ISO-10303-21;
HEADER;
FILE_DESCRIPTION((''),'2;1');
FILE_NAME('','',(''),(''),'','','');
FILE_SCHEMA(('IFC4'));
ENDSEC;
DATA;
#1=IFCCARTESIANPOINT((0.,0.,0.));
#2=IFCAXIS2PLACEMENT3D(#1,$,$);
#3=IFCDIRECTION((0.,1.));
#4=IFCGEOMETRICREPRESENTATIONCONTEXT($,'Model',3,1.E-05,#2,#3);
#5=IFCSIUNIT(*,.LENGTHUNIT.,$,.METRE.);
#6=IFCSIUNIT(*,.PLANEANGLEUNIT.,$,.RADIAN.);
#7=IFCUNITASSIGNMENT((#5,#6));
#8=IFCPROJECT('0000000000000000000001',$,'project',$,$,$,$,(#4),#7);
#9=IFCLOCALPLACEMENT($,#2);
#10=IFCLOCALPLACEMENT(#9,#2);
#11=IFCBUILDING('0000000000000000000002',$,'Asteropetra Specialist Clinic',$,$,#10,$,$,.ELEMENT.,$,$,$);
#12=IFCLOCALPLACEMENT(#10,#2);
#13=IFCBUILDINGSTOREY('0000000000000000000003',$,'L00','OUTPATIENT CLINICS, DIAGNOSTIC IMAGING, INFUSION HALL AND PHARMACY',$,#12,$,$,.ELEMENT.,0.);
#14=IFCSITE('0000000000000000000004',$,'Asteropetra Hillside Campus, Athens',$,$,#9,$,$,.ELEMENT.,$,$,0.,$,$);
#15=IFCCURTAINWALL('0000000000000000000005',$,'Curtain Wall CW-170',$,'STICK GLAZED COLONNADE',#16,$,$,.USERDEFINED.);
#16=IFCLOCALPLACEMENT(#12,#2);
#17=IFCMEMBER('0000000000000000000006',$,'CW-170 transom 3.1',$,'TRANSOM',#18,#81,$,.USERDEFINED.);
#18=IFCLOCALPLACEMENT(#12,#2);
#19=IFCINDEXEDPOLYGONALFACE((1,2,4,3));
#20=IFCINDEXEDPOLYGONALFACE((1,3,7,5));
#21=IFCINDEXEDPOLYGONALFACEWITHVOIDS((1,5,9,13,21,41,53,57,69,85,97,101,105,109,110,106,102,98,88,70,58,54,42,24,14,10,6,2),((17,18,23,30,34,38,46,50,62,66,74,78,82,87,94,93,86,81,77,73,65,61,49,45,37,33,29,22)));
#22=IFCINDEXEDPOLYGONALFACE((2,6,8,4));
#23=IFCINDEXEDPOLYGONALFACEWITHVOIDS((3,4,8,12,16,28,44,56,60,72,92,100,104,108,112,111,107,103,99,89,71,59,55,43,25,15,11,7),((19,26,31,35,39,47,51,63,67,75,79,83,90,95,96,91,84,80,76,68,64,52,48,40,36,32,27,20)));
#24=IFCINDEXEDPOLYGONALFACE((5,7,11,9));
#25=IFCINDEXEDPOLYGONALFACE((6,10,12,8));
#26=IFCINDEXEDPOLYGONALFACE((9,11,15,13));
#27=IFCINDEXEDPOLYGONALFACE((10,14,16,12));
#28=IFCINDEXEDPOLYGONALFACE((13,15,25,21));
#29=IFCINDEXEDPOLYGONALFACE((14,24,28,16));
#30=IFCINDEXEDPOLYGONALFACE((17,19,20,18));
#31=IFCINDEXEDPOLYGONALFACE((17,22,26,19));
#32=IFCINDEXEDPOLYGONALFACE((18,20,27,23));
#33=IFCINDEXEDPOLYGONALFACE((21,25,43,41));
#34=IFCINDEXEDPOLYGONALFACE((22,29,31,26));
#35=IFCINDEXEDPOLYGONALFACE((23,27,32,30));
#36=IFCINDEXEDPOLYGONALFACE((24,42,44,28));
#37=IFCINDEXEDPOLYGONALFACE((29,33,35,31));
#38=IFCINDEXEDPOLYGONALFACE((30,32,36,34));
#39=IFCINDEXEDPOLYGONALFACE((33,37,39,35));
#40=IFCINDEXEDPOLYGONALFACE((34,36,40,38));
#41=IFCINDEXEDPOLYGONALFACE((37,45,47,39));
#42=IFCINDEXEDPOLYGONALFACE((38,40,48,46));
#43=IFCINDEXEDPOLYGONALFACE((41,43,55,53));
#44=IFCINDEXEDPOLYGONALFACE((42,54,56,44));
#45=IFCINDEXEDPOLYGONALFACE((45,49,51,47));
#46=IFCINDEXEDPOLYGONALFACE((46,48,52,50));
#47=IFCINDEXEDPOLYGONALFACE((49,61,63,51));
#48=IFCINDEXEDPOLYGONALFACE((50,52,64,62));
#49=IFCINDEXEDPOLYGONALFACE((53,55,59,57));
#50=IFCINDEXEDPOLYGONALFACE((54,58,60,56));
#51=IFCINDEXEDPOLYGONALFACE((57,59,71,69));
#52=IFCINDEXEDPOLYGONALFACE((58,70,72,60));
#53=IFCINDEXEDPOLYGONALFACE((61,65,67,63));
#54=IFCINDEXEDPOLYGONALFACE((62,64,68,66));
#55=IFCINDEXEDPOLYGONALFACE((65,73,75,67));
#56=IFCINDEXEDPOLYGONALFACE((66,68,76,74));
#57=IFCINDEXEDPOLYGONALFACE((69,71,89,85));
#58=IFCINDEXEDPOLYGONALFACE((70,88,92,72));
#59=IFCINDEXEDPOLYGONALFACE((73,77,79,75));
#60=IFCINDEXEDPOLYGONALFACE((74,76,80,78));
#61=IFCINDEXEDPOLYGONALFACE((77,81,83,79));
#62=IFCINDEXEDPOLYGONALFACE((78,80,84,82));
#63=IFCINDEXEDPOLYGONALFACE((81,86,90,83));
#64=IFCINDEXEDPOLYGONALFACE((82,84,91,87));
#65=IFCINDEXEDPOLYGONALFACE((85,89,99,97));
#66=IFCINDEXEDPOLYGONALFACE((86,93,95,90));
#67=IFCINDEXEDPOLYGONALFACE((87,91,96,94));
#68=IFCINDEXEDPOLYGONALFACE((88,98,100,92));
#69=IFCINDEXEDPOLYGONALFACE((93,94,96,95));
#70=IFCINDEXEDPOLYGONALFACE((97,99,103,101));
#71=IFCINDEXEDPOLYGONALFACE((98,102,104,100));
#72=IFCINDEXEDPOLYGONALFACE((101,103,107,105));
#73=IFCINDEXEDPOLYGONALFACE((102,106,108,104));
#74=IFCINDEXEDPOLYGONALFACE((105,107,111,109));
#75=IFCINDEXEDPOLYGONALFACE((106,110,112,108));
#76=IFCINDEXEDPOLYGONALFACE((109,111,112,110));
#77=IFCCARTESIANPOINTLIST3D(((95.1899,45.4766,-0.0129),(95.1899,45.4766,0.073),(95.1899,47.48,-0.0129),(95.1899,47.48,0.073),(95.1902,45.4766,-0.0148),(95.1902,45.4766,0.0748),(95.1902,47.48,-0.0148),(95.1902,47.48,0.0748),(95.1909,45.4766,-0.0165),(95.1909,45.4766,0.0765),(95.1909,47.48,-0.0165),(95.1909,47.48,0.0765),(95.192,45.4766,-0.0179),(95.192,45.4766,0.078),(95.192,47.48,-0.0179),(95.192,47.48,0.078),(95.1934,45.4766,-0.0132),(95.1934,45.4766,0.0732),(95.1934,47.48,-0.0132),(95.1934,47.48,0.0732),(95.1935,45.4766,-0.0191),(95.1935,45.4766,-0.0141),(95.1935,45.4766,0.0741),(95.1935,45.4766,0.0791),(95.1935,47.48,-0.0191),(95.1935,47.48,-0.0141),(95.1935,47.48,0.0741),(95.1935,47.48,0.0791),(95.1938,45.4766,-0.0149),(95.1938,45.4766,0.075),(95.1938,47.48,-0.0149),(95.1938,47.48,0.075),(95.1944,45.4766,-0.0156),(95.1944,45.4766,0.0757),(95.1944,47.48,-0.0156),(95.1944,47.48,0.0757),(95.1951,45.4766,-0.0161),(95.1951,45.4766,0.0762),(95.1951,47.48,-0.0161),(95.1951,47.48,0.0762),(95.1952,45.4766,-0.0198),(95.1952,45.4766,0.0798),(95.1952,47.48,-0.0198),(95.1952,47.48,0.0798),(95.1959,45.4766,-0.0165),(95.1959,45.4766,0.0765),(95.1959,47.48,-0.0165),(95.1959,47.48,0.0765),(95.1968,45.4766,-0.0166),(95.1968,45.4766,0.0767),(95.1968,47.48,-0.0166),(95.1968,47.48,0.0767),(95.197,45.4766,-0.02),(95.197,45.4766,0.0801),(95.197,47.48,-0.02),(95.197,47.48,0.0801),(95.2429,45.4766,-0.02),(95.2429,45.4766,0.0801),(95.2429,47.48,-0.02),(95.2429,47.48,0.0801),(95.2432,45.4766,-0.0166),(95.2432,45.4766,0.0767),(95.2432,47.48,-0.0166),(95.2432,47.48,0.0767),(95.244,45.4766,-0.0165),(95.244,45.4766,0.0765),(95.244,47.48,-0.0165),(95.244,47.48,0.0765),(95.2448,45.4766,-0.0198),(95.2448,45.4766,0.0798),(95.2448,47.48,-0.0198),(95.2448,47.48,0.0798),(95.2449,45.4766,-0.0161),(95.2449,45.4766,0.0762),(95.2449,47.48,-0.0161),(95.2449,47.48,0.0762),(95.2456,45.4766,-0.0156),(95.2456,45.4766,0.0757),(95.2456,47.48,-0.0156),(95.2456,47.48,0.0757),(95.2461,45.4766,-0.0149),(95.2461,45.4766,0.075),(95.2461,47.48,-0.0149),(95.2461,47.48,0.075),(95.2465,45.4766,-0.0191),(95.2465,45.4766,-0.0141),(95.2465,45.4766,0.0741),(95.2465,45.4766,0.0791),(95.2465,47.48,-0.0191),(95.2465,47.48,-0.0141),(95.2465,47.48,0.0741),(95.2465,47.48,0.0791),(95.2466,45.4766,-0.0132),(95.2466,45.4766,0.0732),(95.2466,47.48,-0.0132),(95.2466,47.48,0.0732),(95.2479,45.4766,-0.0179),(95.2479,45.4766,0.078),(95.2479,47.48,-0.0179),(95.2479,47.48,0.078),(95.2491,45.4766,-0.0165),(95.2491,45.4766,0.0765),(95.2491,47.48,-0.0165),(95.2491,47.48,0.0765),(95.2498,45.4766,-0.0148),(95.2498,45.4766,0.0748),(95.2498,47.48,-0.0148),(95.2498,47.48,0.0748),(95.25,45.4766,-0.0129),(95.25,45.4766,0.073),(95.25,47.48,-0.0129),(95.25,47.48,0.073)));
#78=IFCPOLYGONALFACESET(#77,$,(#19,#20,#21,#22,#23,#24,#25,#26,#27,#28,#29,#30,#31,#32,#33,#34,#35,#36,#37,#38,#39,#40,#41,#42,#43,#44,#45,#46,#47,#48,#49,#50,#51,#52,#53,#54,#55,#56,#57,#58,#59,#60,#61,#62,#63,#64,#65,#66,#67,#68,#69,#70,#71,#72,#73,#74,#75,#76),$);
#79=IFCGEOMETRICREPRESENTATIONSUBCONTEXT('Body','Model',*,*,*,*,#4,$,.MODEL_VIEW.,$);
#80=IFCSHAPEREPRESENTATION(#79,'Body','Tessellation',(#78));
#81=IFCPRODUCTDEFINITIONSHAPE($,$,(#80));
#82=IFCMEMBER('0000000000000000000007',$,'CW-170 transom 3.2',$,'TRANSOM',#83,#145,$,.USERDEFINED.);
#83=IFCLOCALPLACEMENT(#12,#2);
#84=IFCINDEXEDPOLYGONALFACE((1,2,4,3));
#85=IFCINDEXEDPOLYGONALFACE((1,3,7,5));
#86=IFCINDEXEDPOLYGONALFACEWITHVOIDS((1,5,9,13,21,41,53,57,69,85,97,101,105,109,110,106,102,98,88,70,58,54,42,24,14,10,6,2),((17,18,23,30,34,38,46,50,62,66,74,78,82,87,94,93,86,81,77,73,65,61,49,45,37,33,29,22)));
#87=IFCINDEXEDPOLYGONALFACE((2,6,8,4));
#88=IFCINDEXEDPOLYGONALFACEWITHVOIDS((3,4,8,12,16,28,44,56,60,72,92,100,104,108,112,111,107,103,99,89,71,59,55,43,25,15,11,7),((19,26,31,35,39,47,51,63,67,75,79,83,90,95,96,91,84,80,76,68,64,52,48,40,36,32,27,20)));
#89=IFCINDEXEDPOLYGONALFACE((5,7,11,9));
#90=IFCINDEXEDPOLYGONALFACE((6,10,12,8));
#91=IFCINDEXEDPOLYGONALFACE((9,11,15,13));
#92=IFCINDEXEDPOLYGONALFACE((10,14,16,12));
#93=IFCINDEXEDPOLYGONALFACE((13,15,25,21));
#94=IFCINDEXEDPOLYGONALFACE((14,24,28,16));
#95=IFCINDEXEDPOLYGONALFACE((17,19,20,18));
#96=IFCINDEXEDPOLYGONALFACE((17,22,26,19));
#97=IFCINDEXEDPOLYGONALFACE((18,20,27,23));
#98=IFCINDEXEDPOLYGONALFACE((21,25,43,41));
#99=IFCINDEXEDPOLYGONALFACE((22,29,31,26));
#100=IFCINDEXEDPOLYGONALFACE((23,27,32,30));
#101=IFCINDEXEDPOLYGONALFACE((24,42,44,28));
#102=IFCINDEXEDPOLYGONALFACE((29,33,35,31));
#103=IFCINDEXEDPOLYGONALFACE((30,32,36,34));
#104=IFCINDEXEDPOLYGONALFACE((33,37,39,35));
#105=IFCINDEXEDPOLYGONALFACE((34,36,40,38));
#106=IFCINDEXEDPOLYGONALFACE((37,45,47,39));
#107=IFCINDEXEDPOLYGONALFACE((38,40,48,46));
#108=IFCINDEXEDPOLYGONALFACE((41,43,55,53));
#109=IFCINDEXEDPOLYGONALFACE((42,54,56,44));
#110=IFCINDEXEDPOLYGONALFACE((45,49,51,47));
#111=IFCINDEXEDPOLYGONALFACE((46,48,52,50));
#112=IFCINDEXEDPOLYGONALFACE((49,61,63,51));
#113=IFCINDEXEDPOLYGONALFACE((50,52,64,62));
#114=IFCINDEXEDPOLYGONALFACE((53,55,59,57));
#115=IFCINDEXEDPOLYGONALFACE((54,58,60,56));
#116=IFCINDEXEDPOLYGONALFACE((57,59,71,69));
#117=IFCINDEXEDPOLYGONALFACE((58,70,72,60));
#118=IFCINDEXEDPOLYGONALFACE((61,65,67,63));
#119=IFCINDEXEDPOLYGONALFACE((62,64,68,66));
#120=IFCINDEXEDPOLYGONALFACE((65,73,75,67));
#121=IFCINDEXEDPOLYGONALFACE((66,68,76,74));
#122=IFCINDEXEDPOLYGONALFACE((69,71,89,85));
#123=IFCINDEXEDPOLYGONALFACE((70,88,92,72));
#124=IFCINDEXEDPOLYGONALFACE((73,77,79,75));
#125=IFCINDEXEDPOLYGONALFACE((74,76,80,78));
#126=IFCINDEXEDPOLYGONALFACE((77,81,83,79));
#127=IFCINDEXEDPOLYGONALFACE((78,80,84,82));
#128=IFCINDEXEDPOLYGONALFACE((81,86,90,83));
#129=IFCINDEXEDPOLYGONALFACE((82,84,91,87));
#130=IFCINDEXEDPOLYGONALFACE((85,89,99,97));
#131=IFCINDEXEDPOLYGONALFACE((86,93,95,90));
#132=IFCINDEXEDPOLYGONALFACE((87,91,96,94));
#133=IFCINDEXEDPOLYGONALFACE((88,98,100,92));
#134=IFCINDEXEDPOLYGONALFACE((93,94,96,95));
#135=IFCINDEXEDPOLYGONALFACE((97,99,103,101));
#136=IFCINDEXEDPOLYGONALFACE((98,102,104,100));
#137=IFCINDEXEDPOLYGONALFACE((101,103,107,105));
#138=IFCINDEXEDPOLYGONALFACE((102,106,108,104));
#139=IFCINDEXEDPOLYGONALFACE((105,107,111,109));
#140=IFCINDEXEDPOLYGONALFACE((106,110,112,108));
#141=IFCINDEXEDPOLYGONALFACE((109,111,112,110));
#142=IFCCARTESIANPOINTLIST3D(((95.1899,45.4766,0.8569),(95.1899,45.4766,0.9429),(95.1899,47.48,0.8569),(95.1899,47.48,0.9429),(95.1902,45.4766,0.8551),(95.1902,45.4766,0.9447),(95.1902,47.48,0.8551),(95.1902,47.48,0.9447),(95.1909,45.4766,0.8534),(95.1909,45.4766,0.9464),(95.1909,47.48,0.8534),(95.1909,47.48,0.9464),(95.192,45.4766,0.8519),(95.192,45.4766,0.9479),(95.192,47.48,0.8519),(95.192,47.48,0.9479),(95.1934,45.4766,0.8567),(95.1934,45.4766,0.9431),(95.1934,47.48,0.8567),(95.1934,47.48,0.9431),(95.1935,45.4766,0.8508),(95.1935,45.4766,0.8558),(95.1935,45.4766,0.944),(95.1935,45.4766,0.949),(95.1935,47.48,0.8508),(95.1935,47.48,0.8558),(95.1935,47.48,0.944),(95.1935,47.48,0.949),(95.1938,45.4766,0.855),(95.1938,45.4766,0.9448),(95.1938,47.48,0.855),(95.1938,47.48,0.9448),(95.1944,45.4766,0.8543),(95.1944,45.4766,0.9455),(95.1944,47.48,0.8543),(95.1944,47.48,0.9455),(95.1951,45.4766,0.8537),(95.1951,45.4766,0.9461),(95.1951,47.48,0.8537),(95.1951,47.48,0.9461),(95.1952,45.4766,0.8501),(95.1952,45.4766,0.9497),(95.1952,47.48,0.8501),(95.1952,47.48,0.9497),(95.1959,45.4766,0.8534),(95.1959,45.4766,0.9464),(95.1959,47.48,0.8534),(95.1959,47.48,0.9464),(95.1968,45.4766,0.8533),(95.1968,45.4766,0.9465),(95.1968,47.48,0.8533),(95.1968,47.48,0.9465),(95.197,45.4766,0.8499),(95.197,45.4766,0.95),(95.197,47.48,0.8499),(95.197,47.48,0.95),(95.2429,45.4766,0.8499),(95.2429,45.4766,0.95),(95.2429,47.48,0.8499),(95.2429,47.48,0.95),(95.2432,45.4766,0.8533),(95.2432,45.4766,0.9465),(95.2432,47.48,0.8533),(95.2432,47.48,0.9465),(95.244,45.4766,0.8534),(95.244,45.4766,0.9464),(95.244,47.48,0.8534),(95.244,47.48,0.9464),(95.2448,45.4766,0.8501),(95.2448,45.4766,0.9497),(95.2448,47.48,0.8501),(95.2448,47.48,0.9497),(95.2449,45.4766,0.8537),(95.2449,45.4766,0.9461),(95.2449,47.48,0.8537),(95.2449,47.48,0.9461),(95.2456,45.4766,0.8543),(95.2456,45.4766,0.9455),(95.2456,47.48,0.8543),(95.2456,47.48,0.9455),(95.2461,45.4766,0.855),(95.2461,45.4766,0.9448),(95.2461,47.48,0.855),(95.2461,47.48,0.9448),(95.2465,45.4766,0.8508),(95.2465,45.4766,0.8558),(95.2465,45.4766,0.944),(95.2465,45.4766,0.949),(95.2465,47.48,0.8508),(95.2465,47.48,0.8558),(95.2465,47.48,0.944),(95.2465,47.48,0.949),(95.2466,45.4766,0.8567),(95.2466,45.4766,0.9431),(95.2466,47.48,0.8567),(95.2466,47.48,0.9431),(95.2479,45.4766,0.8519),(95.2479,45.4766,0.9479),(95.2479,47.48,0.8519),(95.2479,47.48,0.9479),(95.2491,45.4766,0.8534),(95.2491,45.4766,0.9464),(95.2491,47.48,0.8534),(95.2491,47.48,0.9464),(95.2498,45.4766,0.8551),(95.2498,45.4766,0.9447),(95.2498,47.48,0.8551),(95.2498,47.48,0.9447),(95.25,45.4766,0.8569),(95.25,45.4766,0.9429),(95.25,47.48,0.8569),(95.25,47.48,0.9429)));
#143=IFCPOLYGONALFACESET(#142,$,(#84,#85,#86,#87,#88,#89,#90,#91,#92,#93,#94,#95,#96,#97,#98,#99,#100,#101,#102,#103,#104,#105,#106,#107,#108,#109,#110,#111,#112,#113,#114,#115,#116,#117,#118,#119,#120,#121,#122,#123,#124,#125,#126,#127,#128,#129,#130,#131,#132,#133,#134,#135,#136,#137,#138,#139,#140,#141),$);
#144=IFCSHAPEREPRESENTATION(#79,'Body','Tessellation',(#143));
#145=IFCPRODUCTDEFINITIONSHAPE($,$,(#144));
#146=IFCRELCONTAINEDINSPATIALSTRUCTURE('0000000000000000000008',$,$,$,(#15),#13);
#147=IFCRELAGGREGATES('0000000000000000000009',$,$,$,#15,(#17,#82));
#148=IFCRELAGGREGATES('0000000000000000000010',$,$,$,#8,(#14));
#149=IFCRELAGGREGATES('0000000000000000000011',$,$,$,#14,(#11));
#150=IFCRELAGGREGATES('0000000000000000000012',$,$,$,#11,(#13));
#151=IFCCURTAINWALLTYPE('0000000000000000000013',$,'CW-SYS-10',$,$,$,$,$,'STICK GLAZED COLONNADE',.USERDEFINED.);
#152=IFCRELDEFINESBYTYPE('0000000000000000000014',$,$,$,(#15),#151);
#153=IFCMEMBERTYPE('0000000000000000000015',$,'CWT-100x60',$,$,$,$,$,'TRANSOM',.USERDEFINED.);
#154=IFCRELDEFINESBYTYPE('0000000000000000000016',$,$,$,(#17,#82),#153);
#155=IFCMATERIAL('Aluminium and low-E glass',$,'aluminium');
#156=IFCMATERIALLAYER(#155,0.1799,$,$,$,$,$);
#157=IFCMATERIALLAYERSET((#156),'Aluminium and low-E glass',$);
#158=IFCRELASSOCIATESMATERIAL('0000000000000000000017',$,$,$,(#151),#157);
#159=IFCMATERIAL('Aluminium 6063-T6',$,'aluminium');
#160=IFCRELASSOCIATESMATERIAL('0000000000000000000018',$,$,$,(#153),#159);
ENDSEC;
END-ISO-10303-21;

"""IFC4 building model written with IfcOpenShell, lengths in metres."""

from ifc_helpers import new_model, si_unit, direction, frame, origin, origin_2d, place, context, subcontext, project, spatial, hollow_rectangle, extrude, material, layer, layer_set, material_profile, profile_set, type_object, element, aggregate, save


model = new_model("IFC4")

# Units and contexts
model_context = context("Model", 3, precision=1e-05, world=origin(), true_north=direction((0.0, 1.0)))
body_context = subcontext(model_context, "Body", "Model", "MODEL_VIEW")
ifc_project = project(units=[si_unit("LENGTHUNIT", "METRE"), si_unit("PLANEANGLEUNIT", "RADIAN")], contexts=[model_context])

# Site, building, storey
site_placement = place(None, origin())
site = spatial("IfcSite", under=ifc_project, at=site_placement, Name="Asteropetra Hillside Campus, Athens", CompositionType="ELEMENT", RefElevation=0.0)
building_placement = place(site_placement, origin())
building = spatial("IfcBuilding", under=site, at=building_placement, Name="Asteropetra Specialist Clinic", CompositionType="ELEMENT")
storey_placement = place(building_placement, origin())
storey = spatial("IfcBuildingStorey", under=building, at=storey_placement, Name="L00", Description="OUTPATIENT CLINICS, DIAGNOSTIC IMAGING, INFUSION HALL AND PHARMACY", CompositionType="ELEMENT", Elevation=0.0)

# Curtain wall, members
ifc_material_1 = material(Name="Aluminium and low-E glass", Category="aluminium")
ifc_layer_1 = layer(ifc_material_1, 0.1799)
ifc_layer_set_1 = layer_set([ifc_layer_1], Name="Aluminium and low-E glass")
curtain_wall_type = type_object("IfcCurtainWallType", Name="CW-SYS-10", ElementType="STICK GLAZED COLONNADE", PredefinedType="USERDEFINED", material=ifc_layer_set_1)
curtain_wall_placement = place(storey_placement, origin())
curtain_wall = element("IfcCurtainWall", 1, at=curtain_wall_placement, inside=storey, type_object=curtain_wall_type, Name="Curtain Wall CW-170", ObjectType="STICK GLAZED COLONNADE", PredefinedType="USERDEFINED")
ifc_material_2 = material(Name="Aluminium 6063-T6", Category="aluminium")
ifc_material_profile_1 = material_profile(ifc_material_2, hollow_rectangle(XDim=0.0601, YDim=0.1001, WallThickness=0.0034, InnerFilletRadius=0.0034, OuterFilletRadius=0.0071, at=origin_2d()), Name="TRN 100x60x3.5")
ifc_profile_set_1 = profile_set([ifc_material_profile_1], Name="Aluminium 6063-T6")
member_type_1 = type_object("IfcMemberType", Name="CWT-100x60", ElementType="TRANSOM", PredefinedType="USERDEFINED", material=ifc_profile_set_1)
member_1_placement = place(storey_placement, frame((95.22, 45.4766, 0.03), z_axis=(0.0, 1.0, 0.0), x_axis=(-1.0, 0.0, 0.0)))
member_1 = element("IfcMember", 2, at=member_1_placement, type_object=member_type_1, Name="CW-170 transom 3.1", ObjectType="TRANSOM", PredefinedType="USERDEFINED", context=body_context, shape_type="SweptSolid", body=[
    extrude(hollow_rectangle(XDim=0.0601, YDim=0.1001, WallThickness=0.0034, InnerFilletRadius=0.0034, OuterFilletRadius=0.0071, at=origin_2d()), origin(), (0.0, 0.0, 1.0), 2.0034),
])
member_2_placement = place(storey_placement, frame((95.22, 45.4766, 0.8999), z_axis=(0.0, 1.0, 0.0), x_axis=(-1.0, 0.0, 0.0)))
member_2 = element("IfcMember", 3, at=member_2_placement, type_object=member_type_1, Name="CW-170 transom 3.2", ObjectType="TRANSOM", PredefinedType="USERDEFINED", context=body_context, shape_type="SweptSolid", body=[
    extrude(hollow_rectangle(XDim=0.0601, YDim=0.1001, WallThickness=0.0034, InnerFilletRadius=0.0034, OuterFilletRadius=0.0071, at=origin_2d()), origin(), (0.0, 0.0, 1.0), 2.0034),
])
aggregate(curtain_wall, [member_1, member_2])

save(model, "model.ifc")
